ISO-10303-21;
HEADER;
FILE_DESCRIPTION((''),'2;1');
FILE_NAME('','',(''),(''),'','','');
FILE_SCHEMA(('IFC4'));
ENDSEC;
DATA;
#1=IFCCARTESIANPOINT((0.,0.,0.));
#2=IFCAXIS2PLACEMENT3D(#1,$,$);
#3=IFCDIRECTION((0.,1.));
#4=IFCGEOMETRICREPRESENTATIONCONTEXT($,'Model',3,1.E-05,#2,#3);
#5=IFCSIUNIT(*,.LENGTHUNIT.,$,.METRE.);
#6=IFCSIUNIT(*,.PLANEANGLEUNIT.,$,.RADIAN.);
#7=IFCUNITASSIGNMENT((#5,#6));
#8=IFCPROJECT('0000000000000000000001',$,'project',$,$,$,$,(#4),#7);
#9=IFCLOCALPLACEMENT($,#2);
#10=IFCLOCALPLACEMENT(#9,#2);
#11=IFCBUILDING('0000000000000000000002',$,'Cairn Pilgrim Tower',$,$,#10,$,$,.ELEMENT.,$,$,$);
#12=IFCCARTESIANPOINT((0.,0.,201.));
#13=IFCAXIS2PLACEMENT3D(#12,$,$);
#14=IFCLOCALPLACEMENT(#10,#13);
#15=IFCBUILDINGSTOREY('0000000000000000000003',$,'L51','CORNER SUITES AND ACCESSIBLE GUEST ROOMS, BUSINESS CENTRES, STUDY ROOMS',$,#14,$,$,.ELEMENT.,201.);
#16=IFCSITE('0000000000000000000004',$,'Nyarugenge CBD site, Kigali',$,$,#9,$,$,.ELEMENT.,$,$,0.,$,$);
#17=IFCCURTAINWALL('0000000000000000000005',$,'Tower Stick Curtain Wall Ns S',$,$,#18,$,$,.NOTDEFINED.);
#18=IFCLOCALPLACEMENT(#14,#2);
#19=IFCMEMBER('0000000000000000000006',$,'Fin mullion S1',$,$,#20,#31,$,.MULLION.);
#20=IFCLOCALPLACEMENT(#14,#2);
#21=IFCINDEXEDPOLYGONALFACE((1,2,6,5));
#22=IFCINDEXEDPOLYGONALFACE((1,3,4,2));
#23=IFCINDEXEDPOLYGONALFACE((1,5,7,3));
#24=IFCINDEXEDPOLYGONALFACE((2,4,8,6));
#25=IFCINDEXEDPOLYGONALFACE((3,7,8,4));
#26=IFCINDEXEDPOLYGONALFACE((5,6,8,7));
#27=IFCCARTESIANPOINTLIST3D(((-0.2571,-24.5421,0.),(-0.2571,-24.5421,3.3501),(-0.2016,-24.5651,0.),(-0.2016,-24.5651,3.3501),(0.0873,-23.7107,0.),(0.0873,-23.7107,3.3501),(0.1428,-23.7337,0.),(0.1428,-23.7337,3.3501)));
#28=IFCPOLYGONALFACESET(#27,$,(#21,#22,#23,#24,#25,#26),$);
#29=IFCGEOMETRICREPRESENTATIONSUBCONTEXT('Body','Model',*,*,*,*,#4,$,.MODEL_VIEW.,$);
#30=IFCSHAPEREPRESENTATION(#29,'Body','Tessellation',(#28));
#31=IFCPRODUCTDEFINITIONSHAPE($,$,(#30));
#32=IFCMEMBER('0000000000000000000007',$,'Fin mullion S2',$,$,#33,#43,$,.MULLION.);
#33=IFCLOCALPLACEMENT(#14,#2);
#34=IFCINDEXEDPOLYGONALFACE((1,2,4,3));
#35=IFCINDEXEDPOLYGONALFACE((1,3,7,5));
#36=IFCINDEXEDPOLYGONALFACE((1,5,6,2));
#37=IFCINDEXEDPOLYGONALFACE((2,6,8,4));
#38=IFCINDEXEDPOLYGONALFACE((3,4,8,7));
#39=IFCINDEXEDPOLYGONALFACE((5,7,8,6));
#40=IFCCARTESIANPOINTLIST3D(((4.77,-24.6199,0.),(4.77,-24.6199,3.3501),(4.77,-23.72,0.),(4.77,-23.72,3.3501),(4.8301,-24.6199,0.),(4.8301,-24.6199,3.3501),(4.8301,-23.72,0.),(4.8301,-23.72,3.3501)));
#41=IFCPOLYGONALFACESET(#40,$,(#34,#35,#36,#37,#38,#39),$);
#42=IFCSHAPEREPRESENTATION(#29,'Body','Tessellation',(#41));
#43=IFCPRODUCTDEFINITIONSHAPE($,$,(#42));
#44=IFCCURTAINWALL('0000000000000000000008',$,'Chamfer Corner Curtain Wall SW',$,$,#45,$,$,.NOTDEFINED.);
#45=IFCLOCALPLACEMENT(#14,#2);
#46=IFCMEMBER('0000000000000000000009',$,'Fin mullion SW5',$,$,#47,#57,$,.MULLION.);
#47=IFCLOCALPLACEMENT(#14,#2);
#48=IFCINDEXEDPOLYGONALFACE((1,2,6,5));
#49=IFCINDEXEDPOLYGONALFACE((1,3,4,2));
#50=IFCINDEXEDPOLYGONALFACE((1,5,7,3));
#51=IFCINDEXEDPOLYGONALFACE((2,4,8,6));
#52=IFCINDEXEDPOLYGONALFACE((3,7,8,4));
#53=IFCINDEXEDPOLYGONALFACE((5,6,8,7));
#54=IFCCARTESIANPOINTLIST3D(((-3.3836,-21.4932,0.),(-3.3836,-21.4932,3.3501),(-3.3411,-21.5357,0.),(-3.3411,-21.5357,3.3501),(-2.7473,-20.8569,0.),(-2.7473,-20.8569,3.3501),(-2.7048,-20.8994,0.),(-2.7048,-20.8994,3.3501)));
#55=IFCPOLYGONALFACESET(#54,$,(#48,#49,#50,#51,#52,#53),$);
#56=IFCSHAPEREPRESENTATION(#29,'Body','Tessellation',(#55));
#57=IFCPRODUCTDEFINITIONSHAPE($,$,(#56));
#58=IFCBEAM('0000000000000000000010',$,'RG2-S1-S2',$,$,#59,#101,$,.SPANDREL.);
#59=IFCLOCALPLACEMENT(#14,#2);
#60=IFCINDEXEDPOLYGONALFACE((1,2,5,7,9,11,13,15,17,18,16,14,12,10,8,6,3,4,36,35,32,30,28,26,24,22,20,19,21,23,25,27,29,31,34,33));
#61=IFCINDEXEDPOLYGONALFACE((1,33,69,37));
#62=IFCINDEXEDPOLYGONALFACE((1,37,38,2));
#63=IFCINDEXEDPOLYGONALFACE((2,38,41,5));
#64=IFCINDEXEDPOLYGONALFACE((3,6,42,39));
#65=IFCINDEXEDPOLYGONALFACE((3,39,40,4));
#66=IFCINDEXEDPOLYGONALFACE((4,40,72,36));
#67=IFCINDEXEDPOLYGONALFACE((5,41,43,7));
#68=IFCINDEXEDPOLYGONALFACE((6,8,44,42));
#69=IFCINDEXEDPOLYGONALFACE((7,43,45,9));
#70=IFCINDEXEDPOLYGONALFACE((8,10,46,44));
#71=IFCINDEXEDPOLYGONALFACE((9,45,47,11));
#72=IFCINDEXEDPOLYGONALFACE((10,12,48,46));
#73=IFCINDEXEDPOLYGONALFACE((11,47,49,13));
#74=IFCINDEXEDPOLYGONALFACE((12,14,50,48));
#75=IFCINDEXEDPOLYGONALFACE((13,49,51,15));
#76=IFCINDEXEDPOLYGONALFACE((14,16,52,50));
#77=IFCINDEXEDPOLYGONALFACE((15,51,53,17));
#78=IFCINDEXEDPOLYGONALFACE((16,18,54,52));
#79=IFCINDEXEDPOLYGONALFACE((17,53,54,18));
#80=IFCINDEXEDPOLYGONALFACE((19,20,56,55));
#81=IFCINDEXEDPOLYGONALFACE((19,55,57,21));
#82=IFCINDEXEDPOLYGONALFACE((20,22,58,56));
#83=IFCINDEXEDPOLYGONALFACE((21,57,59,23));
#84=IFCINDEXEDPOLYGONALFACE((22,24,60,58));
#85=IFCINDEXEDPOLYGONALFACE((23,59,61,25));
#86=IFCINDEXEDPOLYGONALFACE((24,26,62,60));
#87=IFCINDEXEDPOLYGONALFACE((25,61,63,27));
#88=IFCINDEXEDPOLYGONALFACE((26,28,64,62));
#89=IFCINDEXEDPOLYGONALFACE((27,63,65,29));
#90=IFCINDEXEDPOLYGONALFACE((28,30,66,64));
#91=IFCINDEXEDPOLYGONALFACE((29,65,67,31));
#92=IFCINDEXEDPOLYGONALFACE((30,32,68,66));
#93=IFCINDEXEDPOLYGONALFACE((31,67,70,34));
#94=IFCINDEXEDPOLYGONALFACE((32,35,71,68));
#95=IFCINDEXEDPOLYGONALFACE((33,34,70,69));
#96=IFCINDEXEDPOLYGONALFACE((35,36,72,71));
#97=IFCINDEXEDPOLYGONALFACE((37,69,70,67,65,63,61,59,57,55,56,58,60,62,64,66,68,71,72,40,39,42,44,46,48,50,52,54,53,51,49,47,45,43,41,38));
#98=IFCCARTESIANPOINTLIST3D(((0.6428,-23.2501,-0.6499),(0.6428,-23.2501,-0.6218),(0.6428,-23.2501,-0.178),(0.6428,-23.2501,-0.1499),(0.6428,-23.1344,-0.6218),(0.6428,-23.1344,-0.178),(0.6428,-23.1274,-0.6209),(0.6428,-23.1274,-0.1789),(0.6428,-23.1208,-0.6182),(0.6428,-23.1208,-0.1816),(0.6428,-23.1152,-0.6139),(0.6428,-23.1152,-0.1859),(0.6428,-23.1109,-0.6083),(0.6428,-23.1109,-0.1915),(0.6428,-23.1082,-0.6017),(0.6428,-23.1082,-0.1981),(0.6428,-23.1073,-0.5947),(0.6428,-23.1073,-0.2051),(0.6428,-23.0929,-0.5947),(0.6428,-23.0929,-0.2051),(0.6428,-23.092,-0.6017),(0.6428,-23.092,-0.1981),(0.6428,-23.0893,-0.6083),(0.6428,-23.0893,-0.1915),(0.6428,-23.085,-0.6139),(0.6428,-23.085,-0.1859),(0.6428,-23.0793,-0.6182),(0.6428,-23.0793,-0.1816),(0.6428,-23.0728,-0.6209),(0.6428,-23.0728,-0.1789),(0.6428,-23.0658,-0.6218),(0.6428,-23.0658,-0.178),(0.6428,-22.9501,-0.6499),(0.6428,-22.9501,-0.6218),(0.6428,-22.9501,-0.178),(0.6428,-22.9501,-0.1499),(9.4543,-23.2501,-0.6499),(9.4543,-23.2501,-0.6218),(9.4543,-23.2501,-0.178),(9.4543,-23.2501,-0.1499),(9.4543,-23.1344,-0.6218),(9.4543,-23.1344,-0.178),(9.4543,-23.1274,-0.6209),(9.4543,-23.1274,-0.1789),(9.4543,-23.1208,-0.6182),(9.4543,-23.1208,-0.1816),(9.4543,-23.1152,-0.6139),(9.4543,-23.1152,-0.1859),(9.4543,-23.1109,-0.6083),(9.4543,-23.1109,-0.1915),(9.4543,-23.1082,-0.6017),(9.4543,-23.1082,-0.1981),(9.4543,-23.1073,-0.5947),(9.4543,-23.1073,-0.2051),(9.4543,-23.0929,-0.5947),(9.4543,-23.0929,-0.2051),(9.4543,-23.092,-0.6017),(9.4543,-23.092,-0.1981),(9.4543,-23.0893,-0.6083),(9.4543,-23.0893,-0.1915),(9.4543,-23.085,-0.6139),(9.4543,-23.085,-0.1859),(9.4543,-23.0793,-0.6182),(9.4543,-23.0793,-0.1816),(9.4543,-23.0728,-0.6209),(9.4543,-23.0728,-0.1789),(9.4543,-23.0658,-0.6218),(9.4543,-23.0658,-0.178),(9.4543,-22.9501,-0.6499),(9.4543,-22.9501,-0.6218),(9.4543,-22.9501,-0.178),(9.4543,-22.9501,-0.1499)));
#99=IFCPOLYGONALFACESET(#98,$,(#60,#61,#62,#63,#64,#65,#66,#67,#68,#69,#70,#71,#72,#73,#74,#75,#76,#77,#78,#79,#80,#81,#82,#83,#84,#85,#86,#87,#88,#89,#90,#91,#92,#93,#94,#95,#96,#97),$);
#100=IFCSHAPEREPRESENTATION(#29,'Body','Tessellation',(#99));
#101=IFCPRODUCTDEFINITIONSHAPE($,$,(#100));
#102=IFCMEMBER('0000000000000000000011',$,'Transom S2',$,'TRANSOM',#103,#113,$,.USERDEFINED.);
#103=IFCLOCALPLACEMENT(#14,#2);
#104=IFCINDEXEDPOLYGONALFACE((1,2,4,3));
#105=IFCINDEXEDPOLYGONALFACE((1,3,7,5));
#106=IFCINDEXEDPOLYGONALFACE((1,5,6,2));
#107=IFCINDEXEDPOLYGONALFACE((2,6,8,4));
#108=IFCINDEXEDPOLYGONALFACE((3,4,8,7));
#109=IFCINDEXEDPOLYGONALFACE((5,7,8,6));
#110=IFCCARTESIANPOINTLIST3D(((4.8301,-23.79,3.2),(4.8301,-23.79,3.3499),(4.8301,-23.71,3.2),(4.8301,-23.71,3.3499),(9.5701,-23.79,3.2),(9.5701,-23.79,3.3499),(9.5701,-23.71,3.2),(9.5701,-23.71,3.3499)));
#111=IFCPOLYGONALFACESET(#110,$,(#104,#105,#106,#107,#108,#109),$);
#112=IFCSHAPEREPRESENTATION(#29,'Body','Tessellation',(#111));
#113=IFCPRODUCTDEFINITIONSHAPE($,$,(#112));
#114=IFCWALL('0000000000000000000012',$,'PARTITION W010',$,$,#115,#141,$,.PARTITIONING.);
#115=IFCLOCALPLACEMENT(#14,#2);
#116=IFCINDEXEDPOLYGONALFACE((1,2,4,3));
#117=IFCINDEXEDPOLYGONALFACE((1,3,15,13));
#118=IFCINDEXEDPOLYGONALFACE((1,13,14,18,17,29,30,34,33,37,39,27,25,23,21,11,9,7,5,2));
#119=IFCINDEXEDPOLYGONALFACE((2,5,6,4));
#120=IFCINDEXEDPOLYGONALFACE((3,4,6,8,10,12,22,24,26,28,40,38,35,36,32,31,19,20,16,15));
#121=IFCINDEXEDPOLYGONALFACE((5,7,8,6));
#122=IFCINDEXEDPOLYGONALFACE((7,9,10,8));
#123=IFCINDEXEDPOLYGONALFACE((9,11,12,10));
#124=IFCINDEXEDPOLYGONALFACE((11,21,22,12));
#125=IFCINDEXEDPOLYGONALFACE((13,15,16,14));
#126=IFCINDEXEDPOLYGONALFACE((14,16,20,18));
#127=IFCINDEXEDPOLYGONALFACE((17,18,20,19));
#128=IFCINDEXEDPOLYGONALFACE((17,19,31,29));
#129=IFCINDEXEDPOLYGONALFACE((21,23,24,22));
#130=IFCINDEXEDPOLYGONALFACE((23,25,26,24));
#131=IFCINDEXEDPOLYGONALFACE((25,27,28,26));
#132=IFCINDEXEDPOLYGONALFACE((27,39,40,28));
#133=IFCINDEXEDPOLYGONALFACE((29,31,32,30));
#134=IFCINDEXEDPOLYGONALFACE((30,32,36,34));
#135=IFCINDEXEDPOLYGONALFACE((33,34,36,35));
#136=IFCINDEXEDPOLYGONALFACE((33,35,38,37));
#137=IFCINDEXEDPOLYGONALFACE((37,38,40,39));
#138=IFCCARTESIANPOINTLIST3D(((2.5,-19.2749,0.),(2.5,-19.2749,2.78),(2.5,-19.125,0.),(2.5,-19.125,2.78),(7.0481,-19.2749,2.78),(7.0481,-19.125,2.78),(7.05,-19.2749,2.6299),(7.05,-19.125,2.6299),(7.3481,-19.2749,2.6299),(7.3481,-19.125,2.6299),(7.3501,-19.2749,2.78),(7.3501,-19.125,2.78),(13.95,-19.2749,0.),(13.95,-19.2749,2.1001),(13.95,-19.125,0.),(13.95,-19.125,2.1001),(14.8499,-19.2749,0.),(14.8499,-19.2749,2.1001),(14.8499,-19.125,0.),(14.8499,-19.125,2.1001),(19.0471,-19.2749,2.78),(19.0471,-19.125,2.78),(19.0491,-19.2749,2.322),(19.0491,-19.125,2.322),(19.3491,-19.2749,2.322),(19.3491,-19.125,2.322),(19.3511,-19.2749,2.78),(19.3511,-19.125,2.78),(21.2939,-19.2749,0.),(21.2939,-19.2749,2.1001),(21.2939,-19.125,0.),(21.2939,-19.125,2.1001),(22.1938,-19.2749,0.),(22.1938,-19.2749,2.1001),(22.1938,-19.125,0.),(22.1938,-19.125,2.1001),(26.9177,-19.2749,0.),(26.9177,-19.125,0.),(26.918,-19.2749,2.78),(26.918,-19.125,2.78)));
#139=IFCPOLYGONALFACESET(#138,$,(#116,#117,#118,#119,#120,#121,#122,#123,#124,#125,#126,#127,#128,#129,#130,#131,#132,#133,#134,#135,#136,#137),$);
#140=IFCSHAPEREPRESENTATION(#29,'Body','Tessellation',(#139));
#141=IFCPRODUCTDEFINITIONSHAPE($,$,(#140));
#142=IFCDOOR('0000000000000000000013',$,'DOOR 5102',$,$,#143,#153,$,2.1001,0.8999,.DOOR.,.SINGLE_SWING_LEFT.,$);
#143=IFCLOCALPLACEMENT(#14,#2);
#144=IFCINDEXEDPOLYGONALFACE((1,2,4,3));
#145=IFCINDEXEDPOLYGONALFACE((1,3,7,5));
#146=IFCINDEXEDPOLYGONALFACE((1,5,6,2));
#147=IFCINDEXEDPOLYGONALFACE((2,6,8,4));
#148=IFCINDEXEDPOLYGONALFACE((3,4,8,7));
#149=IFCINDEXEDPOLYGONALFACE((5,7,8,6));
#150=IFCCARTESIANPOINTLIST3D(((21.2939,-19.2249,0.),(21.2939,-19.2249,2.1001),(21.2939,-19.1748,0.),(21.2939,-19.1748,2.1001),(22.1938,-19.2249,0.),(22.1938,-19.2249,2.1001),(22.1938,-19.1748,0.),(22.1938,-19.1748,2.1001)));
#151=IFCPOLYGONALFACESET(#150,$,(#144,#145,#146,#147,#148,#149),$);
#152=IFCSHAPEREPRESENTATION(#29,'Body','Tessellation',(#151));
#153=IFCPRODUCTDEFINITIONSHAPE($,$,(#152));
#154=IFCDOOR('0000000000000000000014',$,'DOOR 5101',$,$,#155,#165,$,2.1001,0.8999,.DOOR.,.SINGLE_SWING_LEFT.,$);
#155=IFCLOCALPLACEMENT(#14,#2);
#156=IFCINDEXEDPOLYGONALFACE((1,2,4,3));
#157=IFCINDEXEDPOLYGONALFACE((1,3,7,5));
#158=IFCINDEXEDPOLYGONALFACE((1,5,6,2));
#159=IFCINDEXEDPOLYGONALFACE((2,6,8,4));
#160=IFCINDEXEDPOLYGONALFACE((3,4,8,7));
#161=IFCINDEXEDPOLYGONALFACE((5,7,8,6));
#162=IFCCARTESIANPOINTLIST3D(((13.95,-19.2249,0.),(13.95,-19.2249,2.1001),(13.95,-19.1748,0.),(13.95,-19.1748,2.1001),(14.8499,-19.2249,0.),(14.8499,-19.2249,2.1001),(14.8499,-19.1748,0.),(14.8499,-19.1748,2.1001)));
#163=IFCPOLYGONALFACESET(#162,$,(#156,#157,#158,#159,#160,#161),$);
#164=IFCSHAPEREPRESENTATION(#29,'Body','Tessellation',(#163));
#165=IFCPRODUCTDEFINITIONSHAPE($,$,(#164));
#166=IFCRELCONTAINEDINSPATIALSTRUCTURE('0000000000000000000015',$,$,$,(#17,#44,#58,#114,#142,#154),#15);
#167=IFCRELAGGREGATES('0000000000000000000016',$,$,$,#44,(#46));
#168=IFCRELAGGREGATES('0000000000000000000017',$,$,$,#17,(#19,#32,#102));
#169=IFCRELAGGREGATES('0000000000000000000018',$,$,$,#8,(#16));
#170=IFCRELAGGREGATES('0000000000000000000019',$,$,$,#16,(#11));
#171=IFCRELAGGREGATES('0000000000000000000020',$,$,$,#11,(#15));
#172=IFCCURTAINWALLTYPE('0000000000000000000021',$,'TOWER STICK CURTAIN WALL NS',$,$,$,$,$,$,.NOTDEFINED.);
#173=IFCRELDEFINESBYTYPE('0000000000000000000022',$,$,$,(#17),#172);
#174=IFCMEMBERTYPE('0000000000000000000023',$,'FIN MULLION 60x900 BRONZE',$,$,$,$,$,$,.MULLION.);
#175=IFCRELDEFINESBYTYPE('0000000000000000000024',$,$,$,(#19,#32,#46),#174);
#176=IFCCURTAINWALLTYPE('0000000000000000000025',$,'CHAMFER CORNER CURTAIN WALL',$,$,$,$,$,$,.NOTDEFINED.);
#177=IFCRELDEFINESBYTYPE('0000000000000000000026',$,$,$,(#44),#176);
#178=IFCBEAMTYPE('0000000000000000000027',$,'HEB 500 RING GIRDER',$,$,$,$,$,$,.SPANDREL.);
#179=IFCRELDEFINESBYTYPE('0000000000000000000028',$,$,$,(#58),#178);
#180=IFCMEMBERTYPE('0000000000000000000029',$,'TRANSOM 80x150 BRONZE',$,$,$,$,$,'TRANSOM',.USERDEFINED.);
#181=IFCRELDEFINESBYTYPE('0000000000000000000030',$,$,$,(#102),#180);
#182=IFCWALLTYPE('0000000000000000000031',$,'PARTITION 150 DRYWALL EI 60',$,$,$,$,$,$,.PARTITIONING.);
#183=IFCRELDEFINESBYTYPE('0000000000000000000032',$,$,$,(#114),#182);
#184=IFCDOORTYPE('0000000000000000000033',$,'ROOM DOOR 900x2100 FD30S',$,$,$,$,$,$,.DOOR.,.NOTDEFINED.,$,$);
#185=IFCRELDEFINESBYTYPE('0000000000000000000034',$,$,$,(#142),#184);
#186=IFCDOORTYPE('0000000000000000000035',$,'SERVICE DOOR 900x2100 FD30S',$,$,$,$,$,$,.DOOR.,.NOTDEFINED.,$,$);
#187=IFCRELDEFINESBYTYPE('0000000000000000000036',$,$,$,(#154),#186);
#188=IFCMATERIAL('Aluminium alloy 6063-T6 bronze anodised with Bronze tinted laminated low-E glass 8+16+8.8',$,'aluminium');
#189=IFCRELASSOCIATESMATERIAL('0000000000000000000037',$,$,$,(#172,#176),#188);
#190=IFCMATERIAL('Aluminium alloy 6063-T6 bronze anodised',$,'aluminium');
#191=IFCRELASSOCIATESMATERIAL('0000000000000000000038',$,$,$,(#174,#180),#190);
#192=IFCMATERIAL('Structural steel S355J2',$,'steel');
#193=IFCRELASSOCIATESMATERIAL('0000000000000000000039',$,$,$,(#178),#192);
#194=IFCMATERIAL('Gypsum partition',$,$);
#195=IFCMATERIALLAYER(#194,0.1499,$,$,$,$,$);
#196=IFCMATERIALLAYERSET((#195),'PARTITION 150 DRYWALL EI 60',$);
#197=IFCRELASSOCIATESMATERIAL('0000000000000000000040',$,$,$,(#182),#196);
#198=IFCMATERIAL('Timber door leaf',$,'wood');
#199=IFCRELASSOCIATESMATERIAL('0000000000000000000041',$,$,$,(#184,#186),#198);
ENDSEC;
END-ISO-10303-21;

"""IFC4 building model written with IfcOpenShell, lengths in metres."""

from ifc_helpers import new_model, si_unit, direction, frame, frame_2d, origin, origin_2d, place, context, subcontext, project, spatial, polyline, rectangle, i_section, outline, extrude, material, layer, layer_set, material_profile, profile_set, type_object, element, fill, aggregate, save


model = new_model("IFC4")

# Units and contexts
model_context = context("Model", 3, precision=1e-05, world=origin(), true_north=direction((0.0, 1.0)))
body_context = subcontext(model_context, "Body", "Model", "MODEL_VIEW")
ifc_project = project(units=[si_unit("LENGTHUNIT", "METRE"), si_unit("PLANEANGLEUNIT", "RADIAN")], contexts=[model_context])

# Site, building, storey
site_placement = place(None, origin())
site = spatial("IfcSite", under=ifc_project, at=site_placement, Name="Nyarugenge CBD site, Kigali", CompositionType="ELEMENT", RefElevation=0.0)
building_placement = place(site_placement, origin())
building = spatial("IfcBuilding", under=site, at=building_placement, Name="Cairn Pilgrim Tower", CompositionType="ELEMENT")
storey_placement = place(building_placement, frame((0.0, 0.0, 201.0)))
storey = spatial("IfcBuildingStorey", under=building, at=storey_placement, Name="L51", Description="CORNER SUITES AND ACCESSIBLE GUEST ROOMS, BUSINESS CENTRES, STUDY ROOMS", CompositionType="ELEMENT", Elevation=201.0)

# Curtain wall, members
ifc_material_1 = material(Name="Aluminium alloy 6063-T6 bronze anodised with Bronze tinted laminated low-E glass 8+16+8.8", Category="aluminium")
curtain_wall_type_1 = type_object("IfcCurtainWallType", Name="TOWER STICK CURTAIN WALL NS", PredefinedType="NOTDEFINED", material=ifc_material_1)
curtain_wall_1_placement = place(storey_placement, origin())
curtain_wall_1 = element("IfcCurtainWall", 1, at=curtain_wall_1_placement, inside=storey, type_object=curtain_wall_type_1, Name="Tower Stick Curtain Wall Ns S", PredefinedType="NOTDEFINED")
ifc_material_2 = material(Name="Aluminium alloy 6063-T6 bronze anodised", Category="aluminium")
ifc_material_profile_1 = material_profile(ifc_material_2, rectangle(XDim=0.8999, YDim=0.0601, at=origin_2d()), Name="FIN MULLION 60x900 BRONZE")
ifc_profile_set_1 = profile_set([ifc_material_profile_1], Name="Aluminium alloy 6063-T6 bronze anodised")
member_type_1 = type_object("IfcMemberType", Name="FIN MULLION 60x900 BRONZE", PredefinedType="MULLION", material=ifc_profile_set_1)
member_1_placement = place(storey_placement, frame((-0.0571, -24.1379, 0.0), z_axis=(0.0, 0.0, 1.0), x_axis=(-0.382683, -0.92388, 0.0)))
member_1 = element("IfcMember", 2, at=member_1_placement, type_object=member_type_1, Name="Fin mullion S1", PredefinedType="MULLION", context=body_context, shape_type="SweptSolid", body=[
    extrude(rectangle(XDim=0.8999, YDim=0.0601, at=origin_2d()), origin(), (0.0, 0.0, 1.0), 3.3501),
])
member_2_placement = place(storey_placement, frame((4.8, -24.1699, 0.0), z_axis=(0.0, 0.0, 1.0), x_axis=(0.0, -1.0, 0.0)))
member_2 = element("IfcMember", 3, at=member_2_placement, type_object=member_type_1, Name="Fin mullion S2", PredefinedType="MULLION", context=body_context, shape_type="SweptSolid", body=[
    extrude(rectangle(XDim=0.8999, YDim=0.0601, at=origin_2d()), origin(), (0.0, 0.0, 1.0), 3.3501),
])

# Curtain wall, member
curtain_wall_type_2 = type_object("IfcCurtainWallType", Name="CHAMFER CORNER CURTAIN WALL", PredefinedType="NOTDEFINED", material=ifc_material_1)
curtain_wall_2_placement = place(storey_placement, origin())
curtain_wall_2 = element("IfcCurtainWall", 4, at=curtain_wall_2_placement, inside=storey, type_object=curtain_wall_type_2, Name="Chamfer Corner Curtain Wall SW", PredefinedType="NOTDEFINED")
member_3_placement = place(storey_placement, frame((-3.0442, -21.1963, 0.0), z_axis=(0.0, 0.0, 1.0), x_axis=(-0.707107, -0.707107, 0.0)))
member_3 = element("IfcMember", 5, at=member_3_placement, type_object=member_type_1, Name="Fin mullion SW5", PredefinedType="MULLION", context=body_context, shape_type="SweptSolid", body=[
    extrude(rectangle(XDim=0.8999, YDim=0.0601, at=origin_2d()), origin(), (0.0, 0.0, 1.0), 3.3501),
])
aggregate(curtain_wall_2, [member_3])

# Beam
ifc_material_3 = material(Name="Structural steel S355J2", Category="steel")
ifc_material_profile_2 = material_profile(ifc_material_3, i_section(OverallWidth=0.3, OverallDepth=0.5, WebThickness=0.0144, FlangeThickness=0.0281, FilletRadius=0.0271, at=origin_2d()), Name="HEB 500")
ifc_profile_set_2 = profile_set([ifc_material_profile_2], Name="Structural steel S355J2")
beam_type = type_object("IfcBeamType", Name="HEB 500 RING GIRDER", PredefinedType="SPANDREL", material=ifc_profile_set_2)
beam_placement = place(storey_placement, frame((0.6428, -23.1001, -0.3999), z_axis=(1.0, 0.0, 0.0), x_axis=(0.0, 1.0, 0.0)))
element("IfcBeam", 6, at=beam_placement, inside=storey, type_object=beam_type, Name="RG2-S1-S2", PredefinedType="SPANDREL", context=body_context, shape_type="SweptSolid", body=[
    extrude(i_section(OverallWidth=0.3, OverallDepth=0.5, WebThickness=0.0144, FlangeThickness=0.0281, FilletRadius=0.0271, at=origin_2d()), origin(), (0.0, 0.0, 1.0), 8.8115),
])

# Member
ifc_material_profile_3 = material_profile(ifc_material_2, rectangle(XDim=0.0801, YDim=0.1499, at=origin_2d()), Name="TRANSOM 80x150 BRONZE")
ifc_profile_set_3 = profile_set([ifc_material_profile_3], Name="Aluminium alloy 6063-T6 bronze anodised")
member_type_2 = type_object("IfcMemberType", Name="TRANSOM 80x150 BRONZE", ElementType="TRANSOM", PredefinedType="USERDEFINED", material=ifc_profile_set_3)
member_4_placement = place(storey_placement, frame((4.8301, -23.75, 3.2749), z_axis=(1.0, 0.0, 0.0), x_axis=(0.0, 1.0, 0.0)))
member_4 = element("IfcMember", 7, at=member_4_placement, type_object=member_type_2, Name="Transom S2", ObjectType="TRANSOM", PredefinedType="USERDEFINED", context=body_context, shape_type="SweptSolid", body=[
    extrude(rectangle(XDim=0.0801, YDim=0.1499, at=origin_2d()), origin(), (0.0, 0.0, 1.0), 4.74),
])
aggregate(curtain_wall_1, [member_1, member_2, member_4])

# Wall, openings, doors
ifc_material_4 = material(Name="Gypsum partition")
ifc_layer_1 = layer(ifc_material_4, 0.1499)
ifc_layer_set_1 = layer_set([ifc_layer_1], Name="PARTITION 150 DRYWALL EI 60")
wall_type_1 = type_object("IfcWallType", Name="PARTITION 150 DRYWALL EI 60", PredefinedType="PARTITIONING", material=ifc_layer_set_1)
wall_1_placement = place(storey_placement, frame((2.5, -19.2, 0.0), z_axis=(0.0, 0.0, 1.0), x_axis=(1.0, 0.0, 0.0)))
wall_1 = element("IfcWall", 8, at=wall_1_placement, inside=storey, type_object=wall_type_1, Name="PARTITION W010", PredefinedType="PARTITIONING", context=body_context, shape_type="SweptSolid", body=[
    extrude(outline(polyline([(0.0, 0.0), (24.4177, 0.0), (24.418, 2.78), (16.8511, 2.78), (16.8491, 2.322), (16.5491, 2.322), (16.5471, 2.78), (4.8501, 2.78), (4.8481, 2.6299), (4.55, 2.6299), (4.5481, 2.78), (0.0, 2.78), (0.0, 0.0)])), frame((0.0, 0.075, 0.0), z_axis=(0.0, -1.0, 0.0), x_axis=(1.0, 0.0, 0.0)), (0.0, 0.0, 1.0), 0.1499),
])
opening_1_placement = place(wall_1_placement, frame((11.45, 0.0, 0.0)))
opening_1 = element("IfcOpeningElement", 9, at=opening_1_placement, cuts=wall_1, PredefinedType="OPENING", context=body_context, shape_type="SweptSolid", body=[
    extrude(rectangle(XDim=0.8999, YDim=2.1001, at=frame_2d((0.45, 1.05))), frame((0.0, 0.085, 0.0), z_axis=(0.0, -1.0, 0.0), x_axis=(1.0, 0.0, 0.0)), (0.0, 0.0, 1.0), 0.1699),
])
opening_2_placement = place(wall_1_placement, frame((18.7939, 0.0, 0.0)))
opening_2 = element("IfcOpeningElement", 10, at=opening_2_placement, cuts=wall_1, PredefinedType="OPENING", context=body_context, shape_type="SweptSolid", body=[
    extrude(rectangle(XDim=0.8999, YDim=2.1001, at=frame_2d((0.45, 1.05))), frame((0.0, 0.085, 0.0), z_axis=(0.0, -1.0, 0.0), x_axis=(1.0, 0.0, 0.0)), (0.0, 0.0, 1.0), 0.1699),
])
ifc_material_5 = material(Name="Timber door leaf", Category="wood")
door_type_1 = type_object("IfcDoorType", Name="ROOM DOOR 900x2100 FD30S", OperationType="NOTDEFINED", PredefinedType="DOOR", material=ifc_material_5)
door_1_placement = place(opening_2_placement, frame((0.8999, 0.0, 0.0), z_axis=(0.0, 0.0, 1.0), x_axis=(-1.0, 0.0, 0.0)))
door_1 = element("IfcDoor", 11, at=door_1_placement, inside=storey, type_object=door_type_1, Name="DOOR 5102", OperationType="SINGLE_SWING_LEFT", OverallHeight=2.1001, OverallWidth=0.8999, PredefinedType="DOOR", context=body_context, shape_type="SweptSolid", body=[
    extrude(rectangle(XDim=0.8999, YDim=2.1001, at=frame_2d((0.45, 1.05))), frame((0.0, 0.0249, 0.0), z_axis=(0.0, -1.0, 0.0), x_axis=(1.0, 0.0, 0.0)), (0.0, 0.0, 1.0), 0.05),
])
fill(opening_2, door_1)
door_type_2 = type_object("IfcDoorType", Name="SERVICE DOOR 900x2100 FD30S", OperationType="NOTDEFINED", PredefinedType="DOOR", material=ifc_material_5)
door_2_placement = place(opening_1_placement, frame((0.8999, 0.0, 0.0), z_axis=(0.0, 0.0, 1.0), x_axis=(-1.0, 0.0, 0.0)))
door_2 = element("IfcDoor", 12, at=door_2_placement, inside=storey, type_object=door_type_2, Name="DOOR 5101", OperationType="SINGLE_SWING_LEFT", OverallHeight=2.1001, OverallWidth=0.8999, PredefinedType="DOOR", context=body_context, shape_type="SweptSolid", body=[
    extrude(rectangle(XDim=0.8999, YDim=2.1001, at=frame_2d((0.45, 1.05))), frame((0.0, 0.0249, 0.0), z_axis=(0.0, -1.0, 0.0), x_axis=(1.0, 0.0, 0.0)), (0.0, 0.0, 1.0), 0.05),
])
fill(opening_1, door_2)

save(model, "model.ifc")
